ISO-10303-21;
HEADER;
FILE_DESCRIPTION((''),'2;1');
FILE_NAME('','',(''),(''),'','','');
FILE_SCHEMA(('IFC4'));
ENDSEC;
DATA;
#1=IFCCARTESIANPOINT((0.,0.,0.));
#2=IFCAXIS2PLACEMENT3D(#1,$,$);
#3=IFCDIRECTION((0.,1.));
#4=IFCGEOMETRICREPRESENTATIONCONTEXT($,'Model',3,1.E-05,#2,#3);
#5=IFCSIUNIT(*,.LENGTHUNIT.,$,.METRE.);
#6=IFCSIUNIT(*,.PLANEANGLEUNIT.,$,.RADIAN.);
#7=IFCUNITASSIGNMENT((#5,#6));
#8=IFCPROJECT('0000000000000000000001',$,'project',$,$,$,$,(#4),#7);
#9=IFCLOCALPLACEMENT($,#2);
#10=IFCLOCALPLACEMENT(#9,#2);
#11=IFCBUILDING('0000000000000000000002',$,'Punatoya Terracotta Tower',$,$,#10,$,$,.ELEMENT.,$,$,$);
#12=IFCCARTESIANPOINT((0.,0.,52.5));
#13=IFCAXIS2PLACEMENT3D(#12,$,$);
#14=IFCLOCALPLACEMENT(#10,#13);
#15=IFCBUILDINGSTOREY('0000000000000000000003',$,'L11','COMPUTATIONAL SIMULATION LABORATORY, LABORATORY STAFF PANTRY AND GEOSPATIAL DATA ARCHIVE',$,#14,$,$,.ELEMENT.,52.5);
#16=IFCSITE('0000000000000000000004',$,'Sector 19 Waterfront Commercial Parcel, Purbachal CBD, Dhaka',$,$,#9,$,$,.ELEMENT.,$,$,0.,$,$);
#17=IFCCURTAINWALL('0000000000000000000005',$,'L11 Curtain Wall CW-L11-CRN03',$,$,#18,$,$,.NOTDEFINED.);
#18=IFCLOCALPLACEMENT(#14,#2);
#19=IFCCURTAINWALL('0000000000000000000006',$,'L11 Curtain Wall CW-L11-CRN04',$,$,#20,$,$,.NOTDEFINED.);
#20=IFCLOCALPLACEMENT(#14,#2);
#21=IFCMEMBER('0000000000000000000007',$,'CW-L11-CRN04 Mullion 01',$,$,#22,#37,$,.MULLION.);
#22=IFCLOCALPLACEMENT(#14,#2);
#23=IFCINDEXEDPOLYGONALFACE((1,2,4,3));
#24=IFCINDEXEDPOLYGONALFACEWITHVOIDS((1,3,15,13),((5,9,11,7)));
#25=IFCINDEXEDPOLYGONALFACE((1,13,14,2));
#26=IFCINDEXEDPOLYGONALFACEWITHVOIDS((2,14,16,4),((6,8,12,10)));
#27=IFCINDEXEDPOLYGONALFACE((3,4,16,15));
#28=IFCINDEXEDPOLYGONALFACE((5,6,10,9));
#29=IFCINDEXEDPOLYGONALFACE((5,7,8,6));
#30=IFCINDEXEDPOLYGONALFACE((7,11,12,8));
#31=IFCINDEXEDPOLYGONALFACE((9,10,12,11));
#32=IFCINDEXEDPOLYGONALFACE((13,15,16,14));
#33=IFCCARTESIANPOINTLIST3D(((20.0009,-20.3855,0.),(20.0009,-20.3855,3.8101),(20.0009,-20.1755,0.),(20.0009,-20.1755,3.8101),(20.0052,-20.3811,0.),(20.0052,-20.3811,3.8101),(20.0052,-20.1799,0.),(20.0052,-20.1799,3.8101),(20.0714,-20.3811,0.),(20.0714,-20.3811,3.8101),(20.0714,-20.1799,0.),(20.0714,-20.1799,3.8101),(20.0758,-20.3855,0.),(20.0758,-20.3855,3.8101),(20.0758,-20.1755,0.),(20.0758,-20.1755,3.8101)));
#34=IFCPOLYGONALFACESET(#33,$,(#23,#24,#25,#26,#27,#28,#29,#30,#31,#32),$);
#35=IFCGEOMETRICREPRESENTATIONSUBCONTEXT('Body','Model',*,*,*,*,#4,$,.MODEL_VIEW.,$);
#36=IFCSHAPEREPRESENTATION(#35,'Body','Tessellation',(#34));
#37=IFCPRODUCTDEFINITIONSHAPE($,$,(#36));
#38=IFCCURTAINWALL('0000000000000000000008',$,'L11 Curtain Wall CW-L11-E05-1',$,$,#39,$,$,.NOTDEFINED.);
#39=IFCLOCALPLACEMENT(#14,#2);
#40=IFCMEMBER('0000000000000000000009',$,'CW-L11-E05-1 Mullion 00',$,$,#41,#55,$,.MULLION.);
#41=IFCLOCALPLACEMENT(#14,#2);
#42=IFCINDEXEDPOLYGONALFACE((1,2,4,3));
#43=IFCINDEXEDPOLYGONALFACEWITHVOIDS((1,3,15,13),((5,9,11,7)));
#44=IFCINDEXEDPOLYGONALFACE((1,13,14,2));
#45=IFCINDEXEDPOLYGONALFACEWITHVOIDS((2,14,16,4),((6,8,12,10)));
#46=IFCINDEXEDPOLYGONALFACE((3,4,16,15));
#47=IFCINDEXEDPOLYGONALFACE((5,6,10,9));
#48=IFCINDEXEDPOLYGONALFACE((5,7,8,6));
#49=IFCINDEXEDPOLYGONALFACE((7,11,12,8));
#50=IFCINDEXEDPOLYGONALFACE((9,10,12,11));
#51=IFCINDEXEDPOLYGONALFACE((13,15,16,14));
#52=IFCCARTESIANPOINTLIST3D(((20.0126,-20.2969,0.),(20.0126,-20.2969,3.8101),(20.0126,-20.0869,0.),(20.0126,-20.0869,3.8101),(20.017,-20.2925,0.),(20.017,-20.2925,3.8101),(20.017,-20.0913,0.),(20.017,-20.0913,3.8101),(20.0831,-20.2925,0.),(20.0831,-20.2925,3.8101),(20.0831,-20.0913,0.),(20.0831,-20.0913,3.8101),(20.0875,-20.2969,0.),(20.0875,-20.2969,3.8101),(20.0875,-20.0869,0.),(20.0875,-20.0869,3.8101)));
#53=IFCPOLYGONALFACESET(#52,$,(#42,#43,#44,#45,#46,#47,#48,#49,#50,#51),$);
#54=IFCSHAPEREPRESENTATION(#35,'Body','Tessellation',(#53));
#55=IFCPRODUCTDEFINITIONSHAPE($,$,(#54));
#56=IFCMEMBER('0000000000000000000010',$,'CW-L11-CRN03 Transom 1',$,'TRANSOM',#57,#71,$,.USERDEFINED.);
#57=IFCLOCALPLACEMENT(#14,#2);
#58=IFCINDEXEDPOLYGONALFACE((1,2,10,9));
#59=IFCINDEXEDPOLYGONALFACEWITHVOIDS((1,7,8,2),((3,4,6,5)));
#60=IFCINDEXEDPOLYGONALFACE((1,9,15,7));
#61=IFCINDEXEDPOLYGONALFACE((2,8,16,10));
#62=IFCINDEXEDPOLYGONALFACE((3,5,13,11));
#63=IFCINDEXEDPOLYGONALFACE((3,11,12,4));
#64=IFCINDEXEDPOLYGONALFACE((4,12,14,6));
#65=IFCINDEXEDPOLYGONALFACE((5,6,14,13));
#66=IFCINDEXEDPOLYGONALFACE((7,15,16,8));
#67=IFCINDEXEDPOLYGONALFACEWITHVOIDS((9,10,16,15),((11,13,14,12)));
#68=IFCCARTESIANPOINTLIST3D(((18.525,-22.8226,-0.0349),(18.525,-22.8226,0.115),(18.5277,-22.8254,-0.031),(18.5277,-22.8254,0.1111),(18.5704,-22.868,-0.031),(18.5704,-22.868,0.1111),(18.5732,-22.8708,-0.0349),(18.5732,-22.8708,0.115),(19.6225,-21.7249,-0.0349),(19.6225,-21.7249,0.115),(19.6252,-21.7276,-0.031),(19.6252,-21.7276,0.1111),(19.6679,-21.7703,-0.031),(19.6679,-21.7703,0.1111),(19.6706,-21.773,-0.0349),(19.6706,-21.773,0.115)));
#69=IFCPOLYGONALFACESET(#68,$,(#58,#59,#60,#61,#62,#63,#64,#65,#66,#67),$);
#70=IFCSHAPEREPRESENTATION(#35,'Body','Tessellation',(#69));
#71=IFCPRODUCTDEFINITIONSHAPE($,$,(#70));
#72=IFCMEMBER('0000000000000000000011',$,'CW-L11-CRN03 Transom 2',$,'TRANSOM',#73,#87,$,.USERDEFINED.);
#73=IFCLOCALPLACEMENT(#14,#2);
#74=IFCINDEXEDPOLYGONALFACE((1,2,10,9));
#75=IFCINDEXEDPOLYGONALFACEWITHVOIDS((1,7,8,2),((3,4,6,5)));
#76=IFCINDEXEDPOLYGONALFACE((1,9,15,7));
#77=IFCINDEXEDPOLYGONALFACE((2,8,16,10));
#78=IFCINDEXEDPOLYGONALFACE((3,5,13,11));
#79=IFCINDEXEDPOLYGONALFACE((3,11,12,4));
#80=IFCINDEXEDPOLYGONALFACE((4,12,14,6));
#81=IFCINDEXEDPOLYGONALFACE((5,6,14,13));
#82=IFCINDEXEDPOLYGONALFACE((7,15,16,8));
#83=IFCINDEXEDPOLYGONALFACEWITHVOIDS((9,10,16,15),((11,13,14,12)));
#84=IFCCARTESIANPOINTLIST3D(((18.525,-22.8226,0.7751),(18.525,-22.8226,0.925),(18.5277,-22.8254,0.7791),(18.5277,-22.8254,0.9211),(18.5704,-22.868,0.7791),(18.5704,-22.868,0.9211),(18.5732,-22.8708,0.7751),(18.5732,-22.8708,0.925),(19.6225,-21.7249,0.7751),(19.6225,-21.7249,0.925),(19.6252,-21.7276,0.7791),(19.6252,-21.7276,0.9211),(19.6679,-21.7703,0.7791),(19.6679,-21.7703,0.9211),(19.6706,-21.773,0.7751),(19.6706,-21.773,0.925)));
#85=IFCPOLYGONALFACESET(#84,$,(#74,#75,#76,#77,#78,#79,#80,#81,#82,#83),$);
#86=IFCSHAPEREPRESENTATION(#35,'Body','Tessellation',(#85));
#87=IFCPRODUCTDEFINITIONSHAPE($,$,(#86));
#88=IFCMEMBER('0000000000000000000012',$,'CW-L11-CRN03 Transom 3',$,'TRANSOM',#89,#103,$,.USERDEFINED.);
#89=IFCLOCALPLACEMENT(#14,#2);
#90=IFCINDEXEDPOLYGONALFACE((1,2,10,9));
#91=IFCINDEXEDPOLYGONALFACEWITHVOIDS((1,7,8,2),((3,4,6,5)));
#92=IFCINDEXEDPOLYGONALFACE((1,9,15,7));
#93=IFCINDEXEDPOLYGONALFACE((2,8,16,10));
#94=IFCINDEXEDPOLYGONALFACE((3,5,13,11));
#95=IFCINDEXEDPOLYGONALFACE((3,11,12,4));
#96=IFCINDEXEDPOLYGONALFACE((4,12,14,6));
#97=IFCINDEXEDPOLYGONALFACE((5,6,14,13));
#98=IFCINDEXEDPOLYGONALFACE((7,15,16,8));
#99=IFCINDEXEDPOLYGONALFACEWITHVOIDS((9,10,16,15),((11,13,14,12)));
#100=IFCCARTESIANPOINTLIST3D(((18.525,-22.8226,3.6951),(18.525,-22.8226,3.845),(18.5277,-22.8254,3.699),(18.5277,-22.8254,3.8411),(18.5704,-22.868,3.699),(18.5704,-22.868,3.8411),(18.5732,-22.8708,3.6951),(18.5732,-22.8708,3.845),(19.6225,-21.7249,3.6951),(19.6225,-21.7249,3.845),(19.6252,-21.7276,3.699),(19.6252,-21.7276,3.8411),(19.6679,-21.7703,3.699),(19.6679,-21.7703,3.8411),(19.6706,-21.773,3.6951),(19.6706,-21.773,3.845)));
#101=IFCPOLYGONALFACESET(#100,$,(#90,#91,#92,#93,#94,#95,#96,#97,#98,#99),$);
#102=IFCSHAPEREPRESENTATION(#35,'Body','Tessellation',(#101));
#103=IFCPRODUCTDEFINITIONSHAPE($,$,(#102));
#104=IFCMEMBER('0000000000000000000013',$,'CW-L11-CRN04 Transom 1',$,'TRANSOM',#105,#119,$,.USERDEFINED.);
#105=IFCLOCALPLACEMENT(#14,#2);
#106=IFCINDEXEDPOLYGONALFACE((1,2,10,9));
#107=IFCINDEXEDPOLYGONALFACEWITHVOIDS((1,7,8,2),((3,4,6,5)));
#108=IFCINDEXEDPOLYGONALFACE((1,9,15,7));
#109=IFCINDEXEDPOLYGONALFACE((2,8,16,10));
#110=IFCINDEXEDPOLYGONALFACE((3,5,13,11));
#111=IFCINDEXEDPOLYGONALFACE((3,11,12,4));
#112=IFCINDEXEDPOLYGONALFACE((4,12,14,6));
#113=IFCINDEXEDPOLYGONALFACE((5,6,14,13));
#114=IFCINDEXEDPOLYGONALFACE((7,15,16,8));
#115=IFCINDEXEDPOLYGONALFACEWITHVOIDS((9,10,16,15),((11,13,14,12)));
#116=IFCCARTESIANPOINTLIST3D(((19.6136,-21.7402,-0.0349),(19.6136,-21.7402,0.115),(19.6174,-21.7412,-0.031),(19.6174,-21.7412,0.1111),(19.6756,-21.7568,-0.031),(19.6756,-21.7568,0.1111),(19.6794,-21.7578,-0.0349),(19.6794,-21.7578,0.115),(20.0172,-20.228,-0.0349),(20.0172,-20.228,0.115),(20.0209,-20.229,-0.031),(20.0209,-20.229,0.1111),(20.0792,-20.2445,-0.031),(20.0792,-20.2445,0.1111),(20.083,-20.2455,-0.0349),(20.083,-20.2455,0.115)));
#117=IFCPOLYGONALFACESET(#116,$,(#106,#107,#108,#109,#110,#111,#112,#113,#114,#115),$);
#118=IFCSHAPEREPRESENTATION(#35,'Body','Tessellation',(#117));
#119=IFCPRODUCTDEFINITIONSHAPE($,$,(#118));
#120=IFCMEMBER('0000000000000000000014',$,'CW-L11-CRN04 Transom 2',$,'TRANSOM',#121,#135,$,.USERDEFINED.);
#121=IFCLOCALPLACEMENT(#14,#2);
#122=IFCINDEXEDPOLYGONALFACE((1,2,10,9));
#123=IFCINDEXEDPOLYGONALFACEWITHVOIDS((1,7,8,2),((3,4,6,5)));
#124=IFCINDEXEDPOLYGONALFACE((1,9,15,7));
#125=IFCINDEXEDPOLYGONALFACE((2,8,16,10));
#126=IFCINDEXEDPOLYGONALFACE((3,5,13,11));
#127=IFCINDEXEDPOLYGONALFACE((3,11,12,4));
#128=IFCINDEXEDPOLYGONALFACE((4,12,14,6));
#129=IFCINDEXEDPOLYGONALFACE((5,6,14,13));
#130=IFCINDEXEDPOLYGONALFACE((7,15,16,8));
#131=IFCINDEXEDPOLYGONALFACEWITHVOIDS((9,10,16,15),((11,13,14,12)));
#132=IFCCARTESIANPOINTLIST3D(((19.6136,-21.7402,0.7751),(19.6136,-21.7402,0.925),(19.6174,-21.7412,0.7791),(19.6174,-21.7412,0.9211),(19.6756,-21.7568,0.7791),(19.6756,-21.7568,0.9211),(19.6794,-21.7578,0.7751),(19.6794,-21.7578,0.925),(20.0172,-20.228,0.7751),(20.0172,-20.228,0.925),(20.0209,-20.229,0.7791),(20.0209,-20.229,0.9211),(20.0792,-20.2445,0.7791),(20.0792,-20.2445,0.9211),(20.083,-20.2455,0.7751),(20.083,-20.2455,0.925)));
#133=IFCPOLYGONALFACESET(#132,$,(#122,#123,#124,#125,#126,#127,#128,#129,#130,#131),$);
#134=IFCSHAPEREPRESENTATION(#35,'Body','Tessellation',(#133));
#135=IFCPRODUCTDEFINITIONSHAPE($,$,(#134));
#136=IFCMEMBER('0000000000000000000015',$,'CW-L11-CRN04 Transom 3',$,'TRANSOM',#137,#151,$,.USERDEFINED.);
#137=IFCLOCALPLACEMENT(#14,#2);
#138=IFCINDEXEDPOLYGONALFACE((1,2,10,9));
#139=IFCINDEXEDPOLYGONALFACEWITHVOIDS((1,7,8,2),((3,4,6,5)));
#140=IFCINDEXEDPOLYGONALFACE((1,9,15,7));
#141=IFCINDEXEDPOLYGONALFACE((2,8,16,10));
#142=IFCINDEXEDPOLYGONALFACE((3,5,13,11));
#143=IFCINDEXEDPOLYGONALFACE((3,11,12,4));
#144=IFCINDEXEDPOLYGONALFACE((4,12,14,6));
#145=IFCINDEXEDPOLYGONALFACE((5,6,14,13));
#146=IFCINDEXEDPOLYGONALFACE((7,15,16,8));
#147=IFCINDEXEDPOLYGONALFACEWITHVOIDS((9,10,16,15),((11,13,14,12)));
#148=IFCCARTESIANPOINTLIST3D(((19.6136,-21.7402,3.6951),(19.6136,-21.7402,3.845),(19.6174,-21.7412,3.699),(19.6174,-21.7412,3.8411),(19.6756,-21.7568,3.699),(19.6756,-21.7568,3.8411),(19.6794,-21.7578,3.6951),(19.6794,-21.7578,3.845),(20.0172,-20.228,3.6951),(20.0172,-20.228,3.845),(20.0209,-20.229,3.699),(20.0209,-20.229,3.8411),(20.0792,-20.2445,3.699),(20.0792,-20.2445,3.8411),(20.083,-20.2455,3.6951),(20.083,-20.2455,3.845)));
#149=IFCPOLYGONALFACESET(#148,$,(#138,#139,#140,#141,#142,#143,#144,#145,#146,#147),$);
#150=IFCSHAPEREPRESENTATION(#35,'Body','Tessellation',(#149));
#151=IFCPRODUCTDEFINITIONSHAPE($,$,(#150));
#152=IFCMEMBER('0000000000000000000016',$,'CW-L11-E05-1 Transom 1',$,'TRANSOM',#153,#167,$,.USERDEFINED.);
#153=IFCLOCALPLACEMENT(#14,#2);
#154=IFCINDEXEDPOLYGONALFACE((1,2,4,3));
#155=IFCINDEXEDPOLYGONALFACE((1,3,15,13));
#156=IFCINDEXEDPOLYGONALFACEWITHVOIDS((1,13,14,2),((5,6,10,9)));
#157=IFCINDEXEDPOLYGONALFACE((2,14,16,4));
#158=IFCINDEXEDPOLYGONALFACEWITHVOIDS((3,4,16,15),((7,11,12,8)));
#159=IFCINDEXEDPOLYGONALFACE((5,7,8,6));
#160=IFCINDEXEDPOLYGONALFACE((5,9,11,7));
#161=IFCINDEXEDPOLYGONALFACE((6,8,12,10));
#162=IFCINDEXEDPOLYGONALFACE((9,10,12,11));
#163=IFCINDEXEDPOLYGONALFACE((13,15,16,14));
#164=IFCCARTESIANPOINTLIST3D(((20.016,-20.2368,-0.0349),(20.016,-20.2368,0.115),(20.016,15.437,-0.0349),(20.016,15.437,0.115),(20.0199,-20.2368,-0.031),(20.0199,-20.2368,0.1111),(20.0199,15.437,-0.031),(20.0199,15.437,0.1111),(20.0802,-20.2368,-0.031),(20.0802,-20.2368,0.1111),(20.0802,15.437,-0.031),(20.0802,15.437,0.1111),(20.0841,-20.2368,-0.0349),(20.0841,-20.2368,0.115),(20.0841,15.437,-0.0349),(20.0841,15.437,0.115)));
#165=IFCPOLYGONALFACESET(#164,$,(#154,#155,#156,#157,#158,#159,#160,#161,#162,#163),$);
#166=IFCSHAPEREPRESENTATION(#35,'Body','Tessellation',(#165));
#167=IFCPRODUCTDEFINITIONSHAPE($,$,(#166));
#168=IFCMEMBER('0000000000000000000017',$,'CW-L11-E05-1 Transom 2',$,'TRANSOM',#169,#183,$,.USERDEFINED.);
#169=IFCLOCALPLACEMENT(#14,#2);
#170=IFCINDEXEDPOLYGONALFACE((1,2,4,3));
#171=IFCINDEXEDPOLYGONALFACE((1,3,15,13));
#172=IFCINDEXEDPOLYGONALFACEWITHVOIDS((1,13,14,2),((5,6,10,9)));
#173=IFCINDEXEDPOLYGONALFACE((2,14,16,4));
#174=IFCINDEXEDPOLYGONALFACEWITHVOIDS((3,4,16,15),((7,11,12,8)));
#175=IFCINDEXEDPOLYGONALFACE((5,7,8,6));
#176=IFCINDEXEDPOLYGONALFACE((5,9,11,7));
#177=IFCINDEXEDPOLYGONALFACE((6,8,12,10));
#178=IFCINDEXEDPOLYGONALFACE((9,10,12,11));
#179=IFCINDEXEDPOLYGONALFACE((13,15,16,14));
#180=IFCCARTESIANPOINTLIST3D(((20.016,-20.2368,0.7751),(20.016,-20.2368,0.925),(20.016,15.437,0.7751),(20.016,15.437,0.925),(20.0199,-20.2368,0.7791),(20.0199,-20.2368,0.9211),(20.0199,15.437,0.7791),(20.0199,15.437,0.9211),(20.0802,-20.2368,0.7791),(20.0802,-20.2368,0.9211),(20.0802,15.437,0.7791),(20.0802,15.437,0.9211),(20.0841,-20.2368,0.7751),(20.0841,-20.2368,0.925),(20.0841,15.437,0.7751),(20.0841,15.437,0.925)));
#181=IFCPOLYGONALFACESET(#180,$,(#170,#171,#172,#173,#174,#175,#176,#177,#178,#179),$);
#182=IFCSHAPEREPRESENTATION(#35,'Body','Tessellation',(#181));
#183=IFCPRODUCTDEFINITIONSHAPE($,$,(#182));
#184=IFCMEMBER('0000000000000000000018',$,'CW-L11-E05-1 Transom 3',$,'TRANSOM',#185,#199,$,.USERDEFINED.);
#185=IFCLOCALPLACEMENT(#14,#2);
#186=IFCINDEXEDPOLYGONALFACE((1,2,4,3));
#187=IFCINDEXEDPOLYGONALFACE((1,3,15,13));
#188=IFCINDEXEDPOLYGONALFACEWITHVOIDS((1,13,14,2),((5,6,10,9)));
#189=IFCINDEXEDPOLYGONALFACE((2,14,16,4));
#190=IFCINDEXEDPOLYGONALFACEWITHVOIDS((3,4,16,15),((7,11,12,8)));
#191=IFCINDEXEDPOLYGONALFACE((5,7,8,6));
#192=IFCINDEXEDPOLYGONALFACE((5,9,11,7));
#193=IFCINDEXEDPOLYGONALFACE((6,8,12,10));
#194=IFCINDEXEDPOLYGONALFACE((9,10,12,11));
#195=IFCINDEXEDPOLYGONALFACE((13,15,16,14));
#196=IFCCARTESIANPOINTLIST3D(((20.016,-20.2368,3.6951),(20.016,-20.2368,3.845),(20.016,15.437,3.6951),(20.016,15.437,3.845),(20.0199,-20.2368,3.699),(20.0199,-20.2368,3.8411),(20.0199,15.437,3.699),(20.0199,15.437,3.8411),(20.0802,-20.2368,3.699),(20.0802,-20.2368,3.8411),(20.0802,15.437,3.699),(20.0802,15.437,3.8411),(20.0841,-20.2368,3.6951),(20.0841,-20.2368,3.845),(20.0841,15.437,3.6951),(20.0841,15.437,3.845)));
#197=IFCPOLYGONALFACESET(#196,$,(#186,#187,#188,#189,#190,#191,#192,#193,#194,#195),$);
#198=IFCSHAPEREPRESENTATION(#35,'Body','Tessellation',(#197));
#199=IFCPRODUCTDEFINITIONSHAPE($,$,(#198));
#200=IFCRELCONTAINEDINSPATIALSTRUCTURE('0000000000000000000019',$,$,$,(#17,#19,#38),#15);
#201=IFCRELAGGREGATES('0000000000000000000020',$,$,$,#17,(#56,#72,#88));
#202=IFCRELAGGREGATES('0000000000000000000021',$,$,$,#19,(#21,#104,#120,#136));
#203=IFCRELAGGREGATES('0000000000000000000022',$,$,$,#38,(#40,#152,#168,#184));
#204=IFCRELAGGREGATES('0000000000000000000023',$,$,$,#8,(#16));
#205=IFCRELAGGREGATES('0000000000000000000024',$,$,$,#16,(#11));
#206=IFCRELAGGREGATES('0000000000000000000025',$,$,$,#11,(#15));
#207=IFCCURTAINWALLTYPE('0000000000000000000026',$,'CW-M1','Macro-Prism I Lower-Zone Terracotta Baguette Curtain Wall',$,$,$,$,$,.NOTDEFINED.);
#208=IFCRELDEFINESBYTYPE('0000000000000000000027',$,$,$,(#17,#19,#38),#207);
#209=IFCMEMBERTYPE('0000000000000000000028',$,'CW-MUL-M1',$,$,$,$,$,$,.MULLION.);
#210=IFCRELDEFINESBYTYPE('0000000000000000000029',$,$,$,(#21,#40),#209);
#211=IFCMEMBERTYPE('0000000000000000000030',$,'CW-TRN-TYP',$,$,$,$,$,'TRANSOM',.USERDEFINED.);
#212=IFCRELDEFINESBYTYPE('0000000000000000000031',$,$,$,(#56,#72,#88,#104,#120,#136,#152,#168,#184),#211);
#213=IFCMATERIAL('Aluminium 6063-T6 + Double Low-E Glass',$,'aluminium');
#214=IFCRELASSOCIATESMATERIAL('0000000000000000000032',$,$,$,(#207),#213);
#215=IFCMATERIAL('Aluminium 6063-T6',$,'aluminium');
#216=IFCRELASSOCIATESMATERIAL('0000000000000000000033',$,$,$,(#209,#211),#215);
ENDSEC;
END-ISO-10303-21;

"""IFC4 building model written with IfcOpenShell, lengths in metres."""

from ifc_helpers import new_model, si_unit, direction, frame, origin, origin_2d, place, context, subcontext, project, spatial, hollow_rectangle, extrude, material, material_profile, profile_set, type_object, element, aggregate, save


model = new_model("IFC4")

# Units and contexts
model_context = context("Model", 3, precision=1e-05, world=origin(), true_north=direction((0.0, 1.0)))
body_context = subcontext(model_context, "Body", "Model", "MODEL_VIEW")
ifc_project = project(units=[si_unit("LENGTHUNIT", "METRE"), si_unit("PLANEANGLEUNIT", "RADIAN")], contexts=[model_context])

# Site, building, storey
site_placement = place(None, origin())
site = spatial("IfcSite", under=ifc_project, at=site_placement, Name="Sector 19 Waterfront Commercial Parcel, Purbachal CBD, Dhaka", CompositionType="ELEMENT", RefElevation=0.0)
building_placement = place(site_placement, origin())
building = spatial("IfcBuilding", under=site, at=building_placement, Name="Punatoya Terracotta Tower", CompositionType="ELEMENT")
storey_placement = place(building_placement, frame((0.0, 0.0, 52.5)))
storey = spatial("IfcBuildingStorey", under=building, at=storey_placement, Name="L11", Description="COMPUTATIONAL SIMULATION LABORATORY, LABORATORY STAFF PANTRY AND GEOSPATIAL DATA ARCHIVE", CompositionType="ELEMENT", Elevation=52.5)

# Curtain walls, member
ifc_material_1 = material(Name="Aluminium 6063-T6 + Double Low-E Glass", Category="aluminium")
curtain_wall_type = type_object("IfcCurtainWallType", Name="CW-M1", Description="Macro-Prism I Lower-Zone Terracotta Baguette Curtain Wall", PredefinedType="NOTDEFINED", material=ifc_material_1)
ifc_material_2 = material(Name="Aluminium 6063-T6", Category="aluminium")
ifc_material_profile_1 = material_profile(ifc_material_2, hollow_rectangle(XDim=0.075, YDim=0.21, WallThickness=0.0044, at=origin_2d()))
ifc_profile_set_1 = profile_set([ifc_material_profile_1], Name="Aluminium 6063-T6")
member_type_1 = type_object("IfcMemberType", Name="CW-MUL-M1", PredefinedType="MULLION", material=ifc_profile_set_1)
curtain_wall_1_placement = place(storey_placement, origin())
curtain_wall_1 = element("IfcCurtainWall", 1, at=curtain_wall_1_placement, inside=storey, type_object=curtain_wall_type, Name="L11 Curtain Wall CW-L11-CRN03", PredefinedType="NOTDEFINED")
curtain_wall_2_placement = place(storey_placement, origin())
curtain_wall_2 = element("IfcCurtainWall", 2, at=curtain_wall_2_placement, inside=storey, type_object=curtain_wall_type, Name="L11 Curtain Wall CW-L11-CRN04", PredefinedType="NOTDEFINED")
member_1_placement = place(storey_placement, frame((20.0383, -20.2805, 0.0), z_axis=(0.0, 0.0, 1.0), x_axis=(1.0, 0.0, 0.0)))
member_1 = element("IfcMember", 3, at=member_1_placement, type_object=member_type_1, Name="CW-L11-CRN04 Mullion 01", PredefinedType="MULLION", context=body_context, shape_type="SweptSolid", body=[
    extrude(hollow_rectangle(XDim=0.075, YDim=0.21, WallThickness=0.0044, at=origin_2d()), origin(), (0.0, 0.0, 1.0), 3.8101),
])

# Curtain wall, member
curtain_wall_3_placement = place(storey_placement, origin())
curtain_wall_3 = element("IfcCurtainWall", 4, at=curtain_wall_3_placement, inside=storey, type_object=curtain_wall_type, Name="L11 Curtain Wall CW-L11-E05-1", PredefinedType="NOTDEFINED")
member_2_placement = place(storey_placement, frame((20.05, -20.1919, 0.0), z_axis=(0.0, 0.0, 1.0), x_axis=(1.0, 0.0, 0.0)))
member_2 = element("IfcMember", 5, at=member_2_placement, type_object=member_type_1, Name="CW-L11-E05-1 Mullion 00", PredefinedType="MULLION", context=body_context, shape_type="SweptSolid", body=[
    extrude(hollow_rectangle(XDim=0.075, YDim=0.21, WallThickness=0.0044, at=origin_2d()), origin(), (0.0, 0.0, 1.0), 3.8101),
])

# Members
ifc_material_profile_2 = material_profile(ifc_material_2, hollow_rectangle(XDim=0.0681, YDim=0.1499, WallThickness=0.0039, at=origin_2d()))
ifc_profile_set_2 = profile_set([ifc_material_profile_2], Name="Aluminium 6063-T6")
member_type_2 = type_object("IfcMemberType", Name="CW-TRN-TYP", ElementType="TRANSOM", PredefinedType="USERDEFINED", material=ifc_profile_set_2)
member_3_placement = place(storey_placement, frame((18.5491, -22.8467, 0.04), z_axis=(0.707028, 0.707185, 0.0), x_axis=(-0.707185, 0.707028, 0.0)))
member_3 = element("IfcMember", 6, at=member_3_placement, type_object=member_type_2, Name="CW-L11-CRN03 Transom 1", ObjectType="TRANSOM", PredefinedType="USERDEFINED", context=body_context, shape_type="SweptSolid", body=[
    extrude(hollow_rectangle(XDim=0.0681, YDim=0.1499, WallThickness=0.0039, at=origin_2d()), origin(), (0.0, 0.0, 1.0), 1.5522),
])
member_4_placement = place(storey_placement, frame((18.5491, -22.8467, 0.8501), z_axis=(0.707028, 0.707185, 0.0), x_axis=(-0.707185, 0.707028, 0.0)))
member_4 = element("IfcMember", 7, at=member_4_placement, type_object=member_type_2, Name="CW-L11-CRN03 Transom 2", ObjectType="TRANSOM", PredefinedType="USERDEFINED", context=body_context, shape_type="SweptSolid", body=[
    extrude(hollow_rectangle(XDim=0.0681, YDim=0.1499, WallThickness=0.0039, at=origin_2d()), origin(), (0.0, 0.0, 1.0), 1.5522),
])
member_5_placement = place(storey_placement, frame((18.5491, -22.8467, 3.77), z_axis=(0.707028, 0.707185, 0.0), x_axis=(-0.707185, 0.707028, 0.0)))
member_5 = element("IfcMember", 8, at=member_5_placement, type_object=member_type_2, Name="CW-L11-CRN03 Transom 3", ObjectType="TRANSOM", PredefinedType="USERDEFINED", context=body_context, shape_type="SweptSolid", body=[
    extrude(hollow_rectangle(XDim=0.0681, YDim=0.1499, WallThickness=0.0039, at=origin_2d()), origin(), (0.0, 0.0, 1.0), 1.5522),
])
member_6_placement = place(storey_placement, frame((19.6465, -21.749, 0.04), z_axis=(0.257847, 0.966186, 0.0), x_axis=(-0.966186, 0.257847, 0.0)))
member_6 = element("IfcMember", 9, at=member_6_placement, type_object=member_type_2, Name="CW-L11-CRN04 Transom 1", ObjectType="TRANSOM", PredefinedType="USERDEFINED", context=body_context, shape_type="SweptSolid", body=[
    extrude(hollow_rectangle(XDim=0.0681, YDim=0.1499, WallThickness=0.0039, at=origin_2d()), origin(), (0.0, 0.0, 1.0), 1.5652),
])
member_7_placement = place(storey_placement, frame((19.6465, -21.749, 0.8501), z_axis=(0.257847, 0.966186, 0.0), x_axis=(-0.966186, 0.257847, 0.0)))
member_7 = element("IfcMember", 10, at=member_7_placement, type_object=member_type_2, Name="CW-L11-CRN04 Transom 2", ObjectType="TRANSOM", PredefinedType="USERDEFINED", context=body_context, shape_type="SweptSolid", body=[
    extrude(hollow_rectangle(XDim=0.0681, YDim=0.1499, WallThickness=0.0039, at=origin_2d()), origin(), (0.0, 0.0, 1.0), 1.5652),
])
member_8_placement = place(storey_placement, frame((19.6465, -21.749, 3.77), z_axis=(0.257847, 0.966186, 0.0), x_axis=(-0.966186, 0.257847, 0.0)))
member_8 = element("IfcMember", 11, at=member_8_placement, type_object=member_type_2, Name="CW-L11-CRN04 Transom 3", ObjectType="TRANSOM", PredefinedType="USERDEFINED", context=body_context, shape_type="SweptSolid", body=[
    extrude(hollow_rectangle(XDim=0.0681, YDim=0.1499, WallThickness=0.0039, at=origin_2d()), origin(), (0.0, 0.0, 1.0), 1.5652),
])
member_9_placement = place(storey_placement, frame((20.05, -20.2368, 0.04), z_axis=(0.0, 1.0, 0.0), x_axis=(-1.0, 0.0, 0.0)))
member_9 = element("IfcMember", 12, at=member_9_placement, type_object=member_type_2, Name="CW-L11-E05-1 Transom 1", ObjectType="TRANSOM", PredefinedType="USERDEFINED", context=body_context, shape_type="SweptSolid", body=[
    extrude(hollow_rectangle(XDim=0.0681, YDim=0.1499, WallThickness=0.0039, at=origin_2d()), origin(), (0.0, 0.0, 1.0), 35.6738),
])
member_10_placement = place(storey_placement, frame((20.05, -20.2368, 0.8501), z_axis=(0.0, 1.0, 0.0), x_axis=(-1.0, 0.0, 0.0)))
member_10 = element("IfcMember", 13, at=member_10_placement, type_object=member_type_2, Name="CW-L11-E05-1 Transom 2", ObjectType="TRANSOM", PredefinedType="USERDEFINED", context=body_context, shape_type="SweptSolid", body=[
    extrude(hollow_rectangle(XDim=0.0681, YDim=0.1499, WallThickness=0.0039, at=origin_2d()), origin(), (0.0, 0.0, 1.0), 35.6738),
])
member_11_placement = place(storey_placement, frame((20.05, -20.2368, 3.77), z_axis=(0.0, 1.0, 0.0), x_axis=(-1.0, 0.0, 0.0)))
member_11 = element("IfcMember", 14, at=member_11_placement, type_object=member_type_2, Name="CW-L11-E05-1 Transom 3", ObjectType="TRANSOM", PredefinedType="USERDEFINED", context=body_context, shape_type="SweptSolid", body=[
    extrude(hollow_rectangle(XDim=0.0681, YDim=0.1499, WallThickness=0.0039, at=origin_2d()), origin(), (0.0, 0.0, 1.0), 35.6738),
])

aggregate(curtain_wall_1, [member_3, member_4, member_5])
aggregate(curtain_wall_2, [member_1, member_6, member_7, member_8])
aggregate(curtain_wall_3, [member_2, member_9, member_10, member_11])

save(model, "model.ifc")
